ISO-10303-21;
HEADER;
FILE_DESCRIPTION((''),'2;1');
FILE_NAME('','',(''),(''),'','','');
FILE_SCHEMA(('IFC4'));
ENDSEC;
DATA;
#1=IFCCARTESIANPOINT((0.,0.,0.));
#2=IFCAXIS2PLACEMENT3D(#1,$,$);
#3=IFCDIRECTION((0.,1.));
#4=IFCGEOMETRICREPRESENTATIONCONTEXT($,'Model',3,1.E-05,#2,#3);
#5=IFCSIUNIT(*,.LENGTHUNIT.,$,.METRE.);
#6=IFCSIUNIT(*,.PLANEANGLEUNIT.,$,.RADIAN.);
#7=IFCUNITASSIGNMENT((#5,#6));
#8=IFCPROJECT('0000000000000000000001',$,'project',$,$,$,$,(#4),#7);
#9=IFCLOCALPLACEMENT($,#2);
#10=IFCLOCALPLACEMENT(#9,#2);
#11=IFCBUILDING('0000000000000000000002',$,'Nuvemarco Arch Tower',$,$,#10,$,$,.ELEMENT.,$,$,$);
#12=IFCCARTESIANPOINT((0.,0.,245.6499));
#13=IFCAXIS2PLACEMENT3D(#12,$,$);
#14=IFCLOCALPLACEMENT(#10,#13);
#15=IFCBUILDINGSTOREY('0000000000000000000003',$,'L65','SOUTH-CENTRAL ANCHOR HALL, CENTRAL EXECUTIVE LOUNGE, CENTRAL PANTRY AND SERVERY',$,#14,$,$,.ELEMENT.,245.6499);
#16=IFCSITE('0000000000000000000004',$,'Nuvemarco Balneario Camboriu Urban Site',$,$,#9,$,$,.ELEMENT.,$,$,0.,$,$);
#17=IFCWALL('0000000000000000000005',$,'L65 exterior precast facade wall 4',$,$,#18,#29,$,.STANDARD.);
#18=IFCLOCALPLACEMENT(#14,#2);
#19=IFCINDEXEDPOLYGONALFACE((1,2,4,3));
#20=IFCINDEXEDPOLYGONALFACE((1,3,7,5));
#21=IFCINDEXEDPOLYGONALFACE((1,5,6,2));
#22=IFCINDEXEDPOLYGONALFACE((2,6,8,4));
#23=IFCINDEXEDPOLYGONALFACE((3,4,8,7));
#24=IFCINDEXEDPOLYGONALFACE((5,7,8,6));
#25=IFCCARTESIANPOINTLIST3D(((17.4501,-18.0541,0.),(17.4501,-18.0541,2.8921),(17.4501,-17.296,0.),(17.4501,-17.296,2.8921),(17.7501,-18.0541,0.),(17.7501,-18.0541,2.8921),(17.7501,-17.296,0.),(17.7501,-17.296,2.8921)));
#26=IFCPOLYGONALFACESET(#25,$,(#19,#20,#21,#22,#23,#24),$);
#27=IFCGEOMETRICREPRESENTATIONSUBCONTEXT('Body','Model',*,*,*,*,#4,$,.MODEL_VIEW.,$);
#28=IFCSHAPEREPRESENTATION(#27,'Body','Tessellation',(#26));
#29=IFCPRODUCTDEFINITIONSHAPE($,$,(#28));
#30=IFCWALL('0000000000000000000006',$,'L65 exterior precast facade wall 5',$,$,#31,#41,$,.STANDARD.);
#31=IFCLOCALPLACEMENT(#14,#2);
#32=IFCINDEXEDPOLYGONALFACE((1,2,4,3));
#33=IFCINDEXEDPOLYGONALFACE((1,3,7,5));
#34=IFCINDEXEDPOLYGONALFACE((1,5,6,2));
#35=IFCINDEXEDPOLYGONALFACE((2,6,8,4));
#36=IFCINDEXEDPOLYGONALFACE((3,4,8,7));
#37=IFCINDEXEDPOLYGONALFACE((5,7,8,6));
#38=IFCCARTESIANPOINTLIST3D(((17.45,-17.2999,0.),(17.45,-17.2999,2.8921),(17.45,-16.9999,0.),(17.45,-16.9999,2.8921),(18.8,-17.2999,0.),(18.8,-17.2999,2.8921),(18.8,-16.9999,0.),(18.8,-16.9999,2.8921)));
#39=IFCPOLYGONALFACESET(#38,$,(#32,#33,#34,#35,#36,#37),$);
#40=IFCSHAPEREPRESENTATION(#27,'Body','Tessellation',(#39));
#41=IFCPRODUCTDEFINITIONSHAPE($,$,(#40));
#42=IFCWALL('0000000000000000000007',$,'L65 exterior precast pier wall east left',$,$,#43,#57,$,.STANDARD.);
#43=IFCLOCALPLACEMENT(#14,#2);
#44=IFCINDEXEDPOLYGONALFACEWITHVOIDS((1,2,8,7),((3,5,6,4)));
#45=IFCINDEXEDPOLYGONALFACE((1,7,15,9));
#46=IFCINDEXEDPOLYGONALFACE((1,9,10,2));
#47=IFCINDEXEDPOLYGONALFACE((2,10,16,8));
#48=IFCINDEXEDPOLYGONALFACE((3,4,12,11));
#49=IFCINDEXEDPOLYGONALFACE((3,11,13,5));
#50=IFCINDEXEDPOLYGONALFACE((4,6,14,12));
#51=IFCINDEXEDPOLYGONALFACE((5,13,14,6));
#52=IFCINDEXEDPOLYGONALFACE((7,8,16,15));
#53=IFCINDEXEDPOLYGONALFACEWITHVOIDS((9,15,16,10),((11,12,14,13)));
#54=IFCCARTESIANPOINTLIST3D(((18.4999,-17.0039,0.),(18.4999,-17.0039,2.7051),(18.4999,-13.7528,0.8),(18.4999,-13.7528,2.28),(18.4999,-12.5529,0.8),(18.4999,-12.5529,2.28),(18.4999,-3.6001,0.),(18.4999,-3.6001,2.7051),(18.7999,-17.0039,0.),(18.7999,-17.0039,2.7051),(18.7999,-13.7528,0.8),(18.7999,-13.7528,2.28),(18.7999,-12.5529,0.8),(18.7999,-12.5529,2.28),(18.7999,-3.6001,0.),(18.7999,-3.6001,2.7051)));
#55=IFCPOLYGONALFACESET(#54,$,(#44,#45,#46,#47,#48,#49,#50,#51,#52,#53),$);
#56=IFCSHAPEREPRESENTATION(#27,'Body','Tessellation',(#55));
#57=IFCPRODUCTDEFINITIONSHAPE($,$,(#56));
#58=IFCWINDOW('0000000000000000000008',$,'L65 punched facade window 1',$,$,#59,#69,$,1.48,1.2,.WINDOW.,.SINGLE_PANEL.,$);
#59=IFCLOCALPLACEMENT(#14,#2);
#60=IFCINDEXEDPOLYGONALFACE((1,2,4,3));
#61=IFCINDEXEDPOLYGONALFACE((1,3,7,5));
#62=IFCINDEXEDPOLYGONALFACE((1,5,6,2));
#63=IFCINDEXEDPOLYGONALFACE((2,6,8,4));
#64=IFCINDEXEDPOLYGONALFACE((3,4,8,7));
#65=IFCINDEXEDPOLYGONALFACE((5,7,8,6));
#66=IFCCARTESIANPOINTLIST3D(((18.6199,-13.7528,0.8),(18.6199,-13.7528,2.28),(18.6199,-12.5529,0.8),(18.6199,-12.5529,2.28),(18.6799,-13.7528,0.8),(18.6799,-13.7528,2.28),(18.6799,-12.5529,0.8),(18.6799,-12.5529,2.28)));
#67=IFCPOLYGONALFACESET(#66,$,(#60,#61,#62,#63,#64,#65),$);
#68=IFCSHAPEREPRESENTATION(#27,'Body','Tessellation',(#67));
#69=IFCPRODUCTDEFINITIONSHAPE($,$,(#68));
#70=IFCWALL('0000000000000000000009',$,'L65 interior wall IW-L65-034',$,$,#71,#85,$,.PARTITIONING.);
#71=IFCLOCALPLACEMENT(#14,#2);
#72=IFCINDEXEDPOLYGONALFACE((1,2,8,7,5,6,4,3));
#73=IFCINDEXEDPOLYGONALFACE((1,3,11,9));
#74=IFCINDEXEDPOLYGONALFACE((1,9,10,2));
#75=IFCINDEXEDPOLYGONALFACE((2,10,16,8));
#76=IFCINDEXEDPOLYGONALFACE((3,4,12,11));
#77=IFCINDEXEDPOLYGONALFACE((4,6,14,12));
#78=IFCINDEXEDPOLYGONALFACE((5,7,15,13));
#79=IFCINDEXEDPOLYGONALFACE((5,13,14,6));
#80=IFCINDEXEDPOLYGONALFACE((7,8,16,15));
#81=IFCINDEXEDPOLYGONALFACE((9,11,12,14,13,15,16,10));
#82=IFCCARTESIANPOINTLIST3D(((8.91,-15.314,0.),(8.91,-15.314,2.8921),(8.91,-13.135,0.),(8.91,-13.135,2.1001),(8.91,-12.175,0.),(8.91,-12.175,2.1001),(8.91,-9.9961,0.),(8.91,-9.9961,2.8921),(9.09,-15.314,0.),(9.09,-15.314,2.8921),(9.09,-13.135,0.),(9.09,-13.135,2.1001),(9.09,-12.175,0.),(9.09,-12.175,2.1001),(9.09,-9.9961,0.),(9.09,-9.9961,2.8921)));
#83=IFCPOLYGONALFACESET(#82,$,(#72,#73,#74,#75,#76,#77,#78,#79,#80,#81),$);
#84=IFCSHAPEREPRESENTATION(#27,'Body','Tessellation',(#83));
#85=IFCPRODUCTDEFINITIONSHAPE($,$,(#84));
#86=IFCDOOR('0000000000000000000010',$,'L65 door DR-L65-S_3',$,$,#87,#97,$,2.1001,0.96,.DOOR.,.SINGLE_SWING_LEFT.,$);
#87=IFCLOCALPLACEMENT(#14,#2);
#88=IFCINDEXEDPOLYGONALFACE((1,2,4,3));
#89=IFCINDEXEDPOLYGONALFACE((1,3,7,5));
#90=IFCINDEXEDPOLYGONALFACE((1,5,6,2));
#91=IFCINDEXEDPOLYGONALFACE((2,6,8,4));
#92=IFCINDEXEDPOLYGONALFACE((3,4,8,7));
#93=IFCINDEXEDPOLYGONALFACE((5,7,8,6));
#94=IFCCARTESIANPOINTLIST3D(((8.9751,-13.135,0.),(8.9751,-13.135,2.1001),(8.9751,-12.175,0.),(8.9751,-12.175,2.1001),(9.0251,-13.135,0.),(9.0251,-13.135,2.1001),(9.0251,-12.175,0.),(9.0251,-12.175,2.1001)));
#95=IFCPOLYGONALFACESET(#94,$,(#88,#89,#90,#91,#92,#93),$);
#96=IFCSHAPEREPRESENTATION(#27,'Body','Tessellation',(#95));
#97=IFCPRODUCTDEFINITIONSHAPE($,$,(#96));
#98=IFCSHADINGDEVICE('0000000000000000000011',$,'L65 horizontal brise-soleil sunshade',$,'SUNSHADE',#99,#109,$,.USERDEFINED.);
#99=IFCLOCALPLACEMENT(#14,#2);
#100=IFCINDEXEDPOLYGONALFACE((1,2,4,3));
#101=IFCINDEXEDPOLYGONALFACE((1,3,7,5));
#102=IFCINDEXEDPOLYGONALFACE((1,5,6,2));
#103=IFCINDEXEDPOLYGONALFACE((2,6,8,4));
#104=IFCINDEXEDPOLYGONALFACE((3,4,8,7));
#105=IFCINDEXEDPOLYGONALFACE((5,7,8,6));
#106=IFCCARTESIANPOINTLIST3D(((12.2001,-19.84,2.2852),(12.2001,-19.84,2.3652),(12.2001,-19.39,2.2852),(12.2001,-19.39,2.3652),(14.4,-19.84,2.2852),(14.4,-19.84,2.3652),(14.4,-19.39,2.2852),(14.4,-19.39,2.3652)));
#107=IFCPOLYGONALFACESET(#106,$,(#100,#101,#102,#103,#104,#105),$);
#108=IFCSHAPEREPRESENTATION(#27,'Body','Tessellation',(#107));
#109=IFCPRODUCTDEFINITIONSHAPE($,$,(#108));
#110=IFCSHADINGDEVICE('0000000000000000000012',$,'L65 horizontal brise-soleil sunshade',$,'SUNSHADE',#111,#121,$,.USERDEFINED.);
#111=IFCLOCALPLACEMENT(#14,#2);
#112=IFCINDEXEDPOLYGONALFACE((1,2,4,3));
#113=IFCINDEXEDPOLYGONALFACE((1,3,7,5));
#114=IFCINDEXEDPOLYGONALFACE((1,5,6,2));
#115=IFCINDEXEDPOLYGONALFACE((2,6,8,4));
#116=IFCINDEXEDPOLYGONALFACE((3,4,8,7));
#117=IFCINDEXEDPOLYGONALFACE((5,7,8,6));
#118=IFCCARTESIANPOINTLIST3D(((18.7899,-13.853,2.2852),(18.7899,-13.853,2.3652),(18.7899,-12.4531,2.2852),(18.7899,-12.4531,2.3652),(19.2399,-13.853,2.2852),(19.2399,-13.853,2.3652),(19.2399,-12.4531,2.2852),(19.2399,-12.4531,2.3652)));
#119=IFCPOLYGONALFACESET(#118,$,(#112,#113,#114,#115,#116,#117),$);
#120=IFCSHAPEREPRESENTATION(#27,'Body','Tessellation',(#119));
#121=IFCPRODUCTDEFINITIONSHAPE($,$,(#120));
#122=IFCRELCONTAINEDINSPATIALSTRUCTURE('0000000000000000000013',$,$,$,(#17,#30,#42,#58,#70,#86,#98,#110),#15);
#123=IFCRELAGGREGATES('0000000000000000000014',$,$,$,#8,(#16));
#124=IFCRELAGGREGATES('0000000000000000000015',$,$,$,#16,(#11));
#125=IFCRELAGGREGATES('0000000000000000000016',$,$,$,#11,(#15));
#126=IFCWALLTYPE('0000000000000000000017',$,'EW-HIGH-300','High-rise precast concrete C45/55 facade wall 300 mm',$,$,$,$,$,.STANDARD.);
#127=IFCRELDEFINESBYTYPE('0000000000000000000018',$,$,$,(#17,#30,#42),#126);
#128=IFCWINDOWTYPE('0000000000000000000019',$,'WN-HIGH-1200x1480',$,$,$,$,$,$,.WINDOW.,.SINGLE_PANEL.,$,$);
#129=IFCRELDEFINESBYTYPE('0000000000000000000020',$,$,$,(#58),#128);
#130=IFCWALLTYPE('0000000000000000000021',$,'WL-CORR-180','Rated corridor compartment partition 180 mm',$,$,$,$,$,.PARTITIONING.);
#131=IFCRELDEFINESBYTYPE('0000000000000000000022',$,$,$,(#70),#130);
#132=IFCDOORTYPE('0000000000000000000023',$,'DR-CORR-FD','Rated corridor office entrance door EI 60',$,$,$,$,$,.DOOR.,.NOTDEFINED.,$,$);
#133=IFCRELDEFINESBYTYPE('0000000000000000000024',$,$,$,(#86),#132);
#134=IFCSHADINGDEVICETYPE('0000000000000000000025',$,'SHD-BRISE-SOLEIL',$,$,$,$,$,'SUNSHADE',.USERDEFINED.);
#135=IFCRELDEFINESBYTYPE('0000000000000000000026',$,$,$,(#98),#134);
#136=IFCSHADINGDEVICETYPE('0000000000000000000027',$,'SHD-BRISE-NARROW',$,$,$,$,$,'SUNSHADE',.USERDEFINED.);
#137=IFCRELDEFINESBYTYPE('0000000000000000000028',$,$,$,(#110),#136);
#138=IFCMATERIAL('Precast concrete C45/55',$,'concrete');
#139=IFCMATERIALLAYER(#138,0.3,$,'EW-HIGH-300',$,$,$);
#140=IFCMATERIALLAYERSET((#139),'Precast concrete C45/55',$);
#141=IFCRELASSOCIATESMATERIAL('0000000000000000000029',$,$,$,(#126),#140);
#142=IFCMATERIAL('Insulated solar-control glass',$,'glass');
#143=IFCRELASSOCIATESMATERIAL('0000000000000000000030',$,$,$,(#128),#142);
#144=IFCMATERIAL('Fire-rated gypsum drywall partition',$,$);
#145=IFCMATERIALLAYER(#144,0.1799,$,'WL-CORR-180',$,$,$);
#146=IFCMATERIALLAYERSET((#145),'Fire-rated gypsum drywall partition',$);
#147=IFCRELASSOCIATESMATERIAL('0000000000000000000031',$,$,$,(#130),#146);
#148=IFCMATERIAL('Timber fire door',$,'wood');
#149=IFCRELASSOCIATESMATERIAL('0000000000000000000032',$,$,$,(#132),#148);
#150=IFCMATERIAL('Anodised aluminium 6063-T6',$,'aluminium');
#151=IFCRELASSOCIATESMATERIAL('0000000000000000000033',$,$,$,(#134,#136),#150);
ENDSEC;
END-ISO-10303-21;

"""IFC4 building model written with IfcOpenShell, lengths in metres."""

from ifc_helpers import new_model, si_unit, direction, frame, frame_2d, origin, origin_2d, place, context, subcontext, project, spatial, rectangle, extrude, source, transform, mapped, material, layer, layer_set, type_object, type_shapes, element, fill, save


model = new_model("IFC4")

# Units and contexts
model_context = context("Model", 3, precision=1e-05, world=origin(), true_north=direction((0.0, 1.0)))
body_context = subcontext(model_context, "Body", "Model", "MODEL_VIEW")
ifc_project = project(units=[si_unit("LENGTHUNIT", "METRE"), si_unit("PLANEANGLEUNIT", "RADIAN")], contexts=[model_context])

# Site, building, storey
site_placement = place(None, origin())
site = spatial("IfcSite", under=ifc_project, at=site_placement, Name="Nuvemarco Balneario Camboriu Urban Site", CompositionType="ELEMENT", RefElevation=0.0)
building_placement = place(site_placement, origin())
building = spatial("IfcBuilding", under=site, at=building_placement, Name="Nuvemarco Arch Tower", CompositionType="ELEMENT")
storey_placement = place(building_placement, frame((0.0, 0.0, 245.6499)))
storey = spatial("IfcBuildingStorey", under=building, at=storey_placement, Name="L65", Description="SOUTH-CENTRAL ANCHOR HALL, CENTRAL EXECUTIVE LOUNGE, CENTRAL PANTRY AND SERVERY", CompositionType="ELEMENT", Elevation=245.6499)

# Shared definitions
ifc_material_1 = material(Name="Precast concrete C45/55", Category="concrete")

# Walls
ifc_layer_1 = layer(ifc_material_1, 0.3, Name="EW-HIGH-300")
ifc_layer_set_1 = layer_set([ifc_layer_1], Name="Precast concrete C45/55")
wall_type_1 = type_object("IfcWallType", Name="EW-HIGH-300", Description="High-rise precast concrete C45/55 facade wall 300 mm", PredefinedType="STANDARD", material=ifc_layer_set_1)
wall_1_placement = place(storey_placement, frame((17.6001, -18.054, 0.0), z_axis=(0.0, 0.0, 1.0), x_axis=(0.0, 1.0, 0.0)))
element("IfcWall", 1, at=wall_1_placement, inside=storey, type_object=wall_type_1, Name="L65 exterior precast facade wall 4", PredefinedType="STANDARD", context=body_context, shape_type="SweptSolid", body=[
    extrude(rectangle(XDim=0.7581, YDim=0.3, at=frame_2d((0.3789, 0.0))), origin(), (0.0, 0.0, 1.0), 2.8921),
])
wall_2_placement = place(storey_placement, frame((17.45, -17.1499, 0.0), z_axis=(0.0, 0.0, 1.0), x_axis=(1.0, 0.0, 0.0)))
element("IfcWall", 2, at=wall_2_placement, inside=storey, type_object=wall_type_1, Name="L65 exterior precast facade wall 5", PredefinedType="STANDARD", context=body_context, shape_type="SweptSolid", body=[
    extrude(rectangle(XDim=1.3501, YDim=0.3, at=frame_2d((0.675, 0.0))), origin(), (0.0, 0.0, 1.0), 2.8921),
])

# Wall, opening, window
wall_3_placement = place(storey_placement, frame((18.6499, -17.0039, 0.0), z_axis=(0.0, 0.0, 1.0), x_axis=(0.0, 1.0, 0.0)))
wall_3 = element("IfcWall", 3, at=wall_3_placement, inside=storey, type_object=wall_type_1, Name="L65 exterior precast pier wall east left", PredefinedType="STANDARD", context=body_context, shape_type="SweptSolid", body=[
    extrude(rectangle(XDim=13.4038, YDim=0.3, at=frame_2d((6.7019, 0.0))), origin(), (0.0, 0.0, 1.0), 2.7051),
])
opening_1_placement = place(wall_3_placement, frame((3.251, 0.0, 0.8)))
opening_1 = element("IfcOpeningElement", 4, at=opening_1_placement, cuts=wall_3, PredefinedType="OPENING", context=body_context, shape_type="SweptSolid", body=[
    extrude(rectangle(XDim=1.2, YDim=1.48, at=frame_2d((0.6001, 0.74))), frame((0.0, 0.1599, 0.0), z_axis=(0.0, -1.0, 0.0), x_axis=(1.0, 0.0, 0.0)), (0.0, 0.0, 1.0), 0.3201),
])
ifc_material_2 = material(Name="Insulated solar-control glass", Category="glass")
window_type = type_object("IfcWindowType", Name="WN-HIGH-1200x1480", PartitioningType="SINGLE_PANEL", PredefinedType="WINDOW", material=ifc_material_2)
shared_shape_1 = source(origin(), body_context, "Body", "SweptSolid", [
    extrude(rectangle(XDim=1.2, YDim=1.48, at=frame_2d((0.6001, 0.74))), frame((0.0, 0.03, 0.0), z_axis=(0.0, -1.0, 0.0), x_axis=(1.0, 0.0, 0.0)), (0.0, 0.0, 1.0), 0.0601),
])
type_shapes(window_type, [shared_shape_1])
window_placement = place(opening_1_placement, origin())
window = element("IfcWindow", 5, at=window_placement, inside=storey, type_object=window_type, Name="L65 punched facade window 1", OverallHeight=1.48, OverallWidth=1.2, PartitioningType="SINGLE_PANEL", PredefinedType="WINDOW", context=body_context, shape_type="MappedRepresentation", body=[
    mapped(shared_shape_1, transform((0.0, 0.0, 0.0), scale=1.0)),
])
fill(opening_1, window)

# Wall, opening, door
ifc_material_3 = material(Name="Fire-rated gypsum drywall partition")
ifc_layer_2 = layer(ifc_material_3, 0.1799, Name="WL-CORR-180")
ifc_layer_set_2 = layer_set([ifc_layer_2], Name="Fire-rated gypsum drywall partition")
wall_type_2 = type_object("IfcWallType", Name="WL-CORR-180", Description="Rated corridor compartment partition 180 mm", PredefinedType="PARTITIONING", material=ifc_layer_set_2)
wall_4_placement = place(storey_placement, frame((9.0, -15.314, 0.0), z_axis=(0.0, 0.0, 1.0), x_axis=(0.0, 1.0, 0.0)))
wall_4 = element("IfcWall", 6, at=wall_4_placement, inside=storey, type_object=wall_type_2, Name="L65 interior wall IW-L65-034", PredefinedType="PARTITIONING", context=body_context, shape_type="SweptSolid", body=[
    extrude(rectangle(XDim=5.3179, YDim=0.1799, at=frame_2d((2.6589, 0.0))), origin(), (0.0, 0.0, 1.0), 2.8921),
])
opening_2_placement = place(wall_4_placement, frame((2.179, 0.0, 0.0)))
opening_2 = element("IfcOpeningElement", 7, at=opening_2_placement, cuts=wall_4, PredefinedType="OPENING", context=body_context, shape_type="SweptSolid", body=[
    extrude(rectangle(XDim=0.96, YDim=2.1001, at=frame_2d((0.48, 1.05))), frame((0.0, 0.0999, 0.0), z_axis=(0.0, -1.0, 0.0), x_axis=(1.0, 0.0, 0.0)), (0.0, 0.0, 1.0), 0.2),
])
ifc_material_4 = material(Name="Timber fire door", Category="wood")
door_type = type_object("IfcDoorType", Name="DR-CORR-FD", Description="Rated corridor office entrance door EI 60", OperationType="NOTDEFINED", PredefinedType="DOOR", material=ifc_material_4)
shared_shape_2 = source(origin(), body_context, "Body", "SweptSolid", [
    extrude(rectangle(XDim=0.96, YDim=2.1001, at=frame_2d((0.48, 1.05))), frame((0.0, 0.0249, 0.0), z_axis=(0.0, -1.0, 0.0), x_axis=(1.0, 0.0, 0.0)), (0.0, 0.0, 1.0), 0.05),
])
type_shapes(door_type, [shared_shape_2])
door_placement = place(opening_2_placement, origin())
door = element("IfcDoor", 8, at=door_placement, inside=storey, type_object=door_type, Name="L65 door DR-L65-S_3", OperationType="SINGLE_SWING_LEFT", OverallHeight=2.1001, OverallWidth=0.96, PredefinedType="DOOR", context=body_context, shape_type="MappedRepresentation", body=[
    mapped(shared_shape_2, transform((0.0, 0.0, 0.0), scale=1.0)),
])
fill(opening_2, door)

# Shading devices
ifc_material_5 = material(Name="Anodised aluminium 6063-T6", Category="aluminium")
shading_device_type_1 = type_object("IfcShadingDeviceType", Name="SHD-BRISE-SOLEIL", ElementType="SUNSHADE", PredefinedType="USERDEFINED", material=ifc_material_5)
shared_shape_3 = source(origin(), body_context, "Body", "SweptSolid", [
    extrude(rectangle(XDim=2.2, YDim=0.45, at=origin_2d()), origin(), (0.0, 0.0, 1.0), 0.0801),
])
type_shapes(shading_device_type_1, [shared_shape_3])
shading_device_1_placement = place(storey_placement, frame((13.3, -19.615, 2.2852), z_axis=(0.0, 0.0, 1.0), x_axis=(1.0, 0.0, 0.0)))
element("IfcShadingDevice", 9, at=shading_device_1_placement, inside=storey, type_object=shading_device_type_1, Name="L65 horizontal brise-soleil sunshade", ObjectType="SUNSHADE", PredefinedType="USERDEFINED", context=body_context, shape_type="MappedRepresentation", body=[
    mapped(shared_shape_3, transform((0.0, 0.0, 0.0), scale=1.0)),
])
shading_device_type_2 = type_object("IfcShadingDeviceType", Name="SHD-BRISE-NARROW", ElementType="SUNSHADE", PredefinedType="USERDEFINED", material=ifc_material_5)
shared_shape_4 = source(origin(), body_context, "Body", "SweptSolid", [
    extrude(rectangle(XDim=1.3999, YDim=0.45, at=origin_2d()), origin(), (0.0, 0.0, 1.0), 0.0801),
])
type_shapes(shading_device_type_2, [shared_shape_4])
shading_device_2_placement = place(storey_placement, frame((19.0149, -13.1531, 2.2852), z_axis=(0.0, 0.0, 1.0), x_axis=(0.0, 1.0, 0.0)))
element("IfcShadingDevice", 10, at=shading_device_2_placement, inside=storey, type_object=shading_device_type_2, Name="L65 horizontal brise-soleil sunshade", ObjectType="SUNSHADE", PredefinedType="USERDEFINED", context=body_context, shape_type="MappedRepresentation", body=[
    mapped(shared_shape_4, transform((0.0, 0.0, 0.0), scale=1.0)),
])

save(model, "model.ifc")
